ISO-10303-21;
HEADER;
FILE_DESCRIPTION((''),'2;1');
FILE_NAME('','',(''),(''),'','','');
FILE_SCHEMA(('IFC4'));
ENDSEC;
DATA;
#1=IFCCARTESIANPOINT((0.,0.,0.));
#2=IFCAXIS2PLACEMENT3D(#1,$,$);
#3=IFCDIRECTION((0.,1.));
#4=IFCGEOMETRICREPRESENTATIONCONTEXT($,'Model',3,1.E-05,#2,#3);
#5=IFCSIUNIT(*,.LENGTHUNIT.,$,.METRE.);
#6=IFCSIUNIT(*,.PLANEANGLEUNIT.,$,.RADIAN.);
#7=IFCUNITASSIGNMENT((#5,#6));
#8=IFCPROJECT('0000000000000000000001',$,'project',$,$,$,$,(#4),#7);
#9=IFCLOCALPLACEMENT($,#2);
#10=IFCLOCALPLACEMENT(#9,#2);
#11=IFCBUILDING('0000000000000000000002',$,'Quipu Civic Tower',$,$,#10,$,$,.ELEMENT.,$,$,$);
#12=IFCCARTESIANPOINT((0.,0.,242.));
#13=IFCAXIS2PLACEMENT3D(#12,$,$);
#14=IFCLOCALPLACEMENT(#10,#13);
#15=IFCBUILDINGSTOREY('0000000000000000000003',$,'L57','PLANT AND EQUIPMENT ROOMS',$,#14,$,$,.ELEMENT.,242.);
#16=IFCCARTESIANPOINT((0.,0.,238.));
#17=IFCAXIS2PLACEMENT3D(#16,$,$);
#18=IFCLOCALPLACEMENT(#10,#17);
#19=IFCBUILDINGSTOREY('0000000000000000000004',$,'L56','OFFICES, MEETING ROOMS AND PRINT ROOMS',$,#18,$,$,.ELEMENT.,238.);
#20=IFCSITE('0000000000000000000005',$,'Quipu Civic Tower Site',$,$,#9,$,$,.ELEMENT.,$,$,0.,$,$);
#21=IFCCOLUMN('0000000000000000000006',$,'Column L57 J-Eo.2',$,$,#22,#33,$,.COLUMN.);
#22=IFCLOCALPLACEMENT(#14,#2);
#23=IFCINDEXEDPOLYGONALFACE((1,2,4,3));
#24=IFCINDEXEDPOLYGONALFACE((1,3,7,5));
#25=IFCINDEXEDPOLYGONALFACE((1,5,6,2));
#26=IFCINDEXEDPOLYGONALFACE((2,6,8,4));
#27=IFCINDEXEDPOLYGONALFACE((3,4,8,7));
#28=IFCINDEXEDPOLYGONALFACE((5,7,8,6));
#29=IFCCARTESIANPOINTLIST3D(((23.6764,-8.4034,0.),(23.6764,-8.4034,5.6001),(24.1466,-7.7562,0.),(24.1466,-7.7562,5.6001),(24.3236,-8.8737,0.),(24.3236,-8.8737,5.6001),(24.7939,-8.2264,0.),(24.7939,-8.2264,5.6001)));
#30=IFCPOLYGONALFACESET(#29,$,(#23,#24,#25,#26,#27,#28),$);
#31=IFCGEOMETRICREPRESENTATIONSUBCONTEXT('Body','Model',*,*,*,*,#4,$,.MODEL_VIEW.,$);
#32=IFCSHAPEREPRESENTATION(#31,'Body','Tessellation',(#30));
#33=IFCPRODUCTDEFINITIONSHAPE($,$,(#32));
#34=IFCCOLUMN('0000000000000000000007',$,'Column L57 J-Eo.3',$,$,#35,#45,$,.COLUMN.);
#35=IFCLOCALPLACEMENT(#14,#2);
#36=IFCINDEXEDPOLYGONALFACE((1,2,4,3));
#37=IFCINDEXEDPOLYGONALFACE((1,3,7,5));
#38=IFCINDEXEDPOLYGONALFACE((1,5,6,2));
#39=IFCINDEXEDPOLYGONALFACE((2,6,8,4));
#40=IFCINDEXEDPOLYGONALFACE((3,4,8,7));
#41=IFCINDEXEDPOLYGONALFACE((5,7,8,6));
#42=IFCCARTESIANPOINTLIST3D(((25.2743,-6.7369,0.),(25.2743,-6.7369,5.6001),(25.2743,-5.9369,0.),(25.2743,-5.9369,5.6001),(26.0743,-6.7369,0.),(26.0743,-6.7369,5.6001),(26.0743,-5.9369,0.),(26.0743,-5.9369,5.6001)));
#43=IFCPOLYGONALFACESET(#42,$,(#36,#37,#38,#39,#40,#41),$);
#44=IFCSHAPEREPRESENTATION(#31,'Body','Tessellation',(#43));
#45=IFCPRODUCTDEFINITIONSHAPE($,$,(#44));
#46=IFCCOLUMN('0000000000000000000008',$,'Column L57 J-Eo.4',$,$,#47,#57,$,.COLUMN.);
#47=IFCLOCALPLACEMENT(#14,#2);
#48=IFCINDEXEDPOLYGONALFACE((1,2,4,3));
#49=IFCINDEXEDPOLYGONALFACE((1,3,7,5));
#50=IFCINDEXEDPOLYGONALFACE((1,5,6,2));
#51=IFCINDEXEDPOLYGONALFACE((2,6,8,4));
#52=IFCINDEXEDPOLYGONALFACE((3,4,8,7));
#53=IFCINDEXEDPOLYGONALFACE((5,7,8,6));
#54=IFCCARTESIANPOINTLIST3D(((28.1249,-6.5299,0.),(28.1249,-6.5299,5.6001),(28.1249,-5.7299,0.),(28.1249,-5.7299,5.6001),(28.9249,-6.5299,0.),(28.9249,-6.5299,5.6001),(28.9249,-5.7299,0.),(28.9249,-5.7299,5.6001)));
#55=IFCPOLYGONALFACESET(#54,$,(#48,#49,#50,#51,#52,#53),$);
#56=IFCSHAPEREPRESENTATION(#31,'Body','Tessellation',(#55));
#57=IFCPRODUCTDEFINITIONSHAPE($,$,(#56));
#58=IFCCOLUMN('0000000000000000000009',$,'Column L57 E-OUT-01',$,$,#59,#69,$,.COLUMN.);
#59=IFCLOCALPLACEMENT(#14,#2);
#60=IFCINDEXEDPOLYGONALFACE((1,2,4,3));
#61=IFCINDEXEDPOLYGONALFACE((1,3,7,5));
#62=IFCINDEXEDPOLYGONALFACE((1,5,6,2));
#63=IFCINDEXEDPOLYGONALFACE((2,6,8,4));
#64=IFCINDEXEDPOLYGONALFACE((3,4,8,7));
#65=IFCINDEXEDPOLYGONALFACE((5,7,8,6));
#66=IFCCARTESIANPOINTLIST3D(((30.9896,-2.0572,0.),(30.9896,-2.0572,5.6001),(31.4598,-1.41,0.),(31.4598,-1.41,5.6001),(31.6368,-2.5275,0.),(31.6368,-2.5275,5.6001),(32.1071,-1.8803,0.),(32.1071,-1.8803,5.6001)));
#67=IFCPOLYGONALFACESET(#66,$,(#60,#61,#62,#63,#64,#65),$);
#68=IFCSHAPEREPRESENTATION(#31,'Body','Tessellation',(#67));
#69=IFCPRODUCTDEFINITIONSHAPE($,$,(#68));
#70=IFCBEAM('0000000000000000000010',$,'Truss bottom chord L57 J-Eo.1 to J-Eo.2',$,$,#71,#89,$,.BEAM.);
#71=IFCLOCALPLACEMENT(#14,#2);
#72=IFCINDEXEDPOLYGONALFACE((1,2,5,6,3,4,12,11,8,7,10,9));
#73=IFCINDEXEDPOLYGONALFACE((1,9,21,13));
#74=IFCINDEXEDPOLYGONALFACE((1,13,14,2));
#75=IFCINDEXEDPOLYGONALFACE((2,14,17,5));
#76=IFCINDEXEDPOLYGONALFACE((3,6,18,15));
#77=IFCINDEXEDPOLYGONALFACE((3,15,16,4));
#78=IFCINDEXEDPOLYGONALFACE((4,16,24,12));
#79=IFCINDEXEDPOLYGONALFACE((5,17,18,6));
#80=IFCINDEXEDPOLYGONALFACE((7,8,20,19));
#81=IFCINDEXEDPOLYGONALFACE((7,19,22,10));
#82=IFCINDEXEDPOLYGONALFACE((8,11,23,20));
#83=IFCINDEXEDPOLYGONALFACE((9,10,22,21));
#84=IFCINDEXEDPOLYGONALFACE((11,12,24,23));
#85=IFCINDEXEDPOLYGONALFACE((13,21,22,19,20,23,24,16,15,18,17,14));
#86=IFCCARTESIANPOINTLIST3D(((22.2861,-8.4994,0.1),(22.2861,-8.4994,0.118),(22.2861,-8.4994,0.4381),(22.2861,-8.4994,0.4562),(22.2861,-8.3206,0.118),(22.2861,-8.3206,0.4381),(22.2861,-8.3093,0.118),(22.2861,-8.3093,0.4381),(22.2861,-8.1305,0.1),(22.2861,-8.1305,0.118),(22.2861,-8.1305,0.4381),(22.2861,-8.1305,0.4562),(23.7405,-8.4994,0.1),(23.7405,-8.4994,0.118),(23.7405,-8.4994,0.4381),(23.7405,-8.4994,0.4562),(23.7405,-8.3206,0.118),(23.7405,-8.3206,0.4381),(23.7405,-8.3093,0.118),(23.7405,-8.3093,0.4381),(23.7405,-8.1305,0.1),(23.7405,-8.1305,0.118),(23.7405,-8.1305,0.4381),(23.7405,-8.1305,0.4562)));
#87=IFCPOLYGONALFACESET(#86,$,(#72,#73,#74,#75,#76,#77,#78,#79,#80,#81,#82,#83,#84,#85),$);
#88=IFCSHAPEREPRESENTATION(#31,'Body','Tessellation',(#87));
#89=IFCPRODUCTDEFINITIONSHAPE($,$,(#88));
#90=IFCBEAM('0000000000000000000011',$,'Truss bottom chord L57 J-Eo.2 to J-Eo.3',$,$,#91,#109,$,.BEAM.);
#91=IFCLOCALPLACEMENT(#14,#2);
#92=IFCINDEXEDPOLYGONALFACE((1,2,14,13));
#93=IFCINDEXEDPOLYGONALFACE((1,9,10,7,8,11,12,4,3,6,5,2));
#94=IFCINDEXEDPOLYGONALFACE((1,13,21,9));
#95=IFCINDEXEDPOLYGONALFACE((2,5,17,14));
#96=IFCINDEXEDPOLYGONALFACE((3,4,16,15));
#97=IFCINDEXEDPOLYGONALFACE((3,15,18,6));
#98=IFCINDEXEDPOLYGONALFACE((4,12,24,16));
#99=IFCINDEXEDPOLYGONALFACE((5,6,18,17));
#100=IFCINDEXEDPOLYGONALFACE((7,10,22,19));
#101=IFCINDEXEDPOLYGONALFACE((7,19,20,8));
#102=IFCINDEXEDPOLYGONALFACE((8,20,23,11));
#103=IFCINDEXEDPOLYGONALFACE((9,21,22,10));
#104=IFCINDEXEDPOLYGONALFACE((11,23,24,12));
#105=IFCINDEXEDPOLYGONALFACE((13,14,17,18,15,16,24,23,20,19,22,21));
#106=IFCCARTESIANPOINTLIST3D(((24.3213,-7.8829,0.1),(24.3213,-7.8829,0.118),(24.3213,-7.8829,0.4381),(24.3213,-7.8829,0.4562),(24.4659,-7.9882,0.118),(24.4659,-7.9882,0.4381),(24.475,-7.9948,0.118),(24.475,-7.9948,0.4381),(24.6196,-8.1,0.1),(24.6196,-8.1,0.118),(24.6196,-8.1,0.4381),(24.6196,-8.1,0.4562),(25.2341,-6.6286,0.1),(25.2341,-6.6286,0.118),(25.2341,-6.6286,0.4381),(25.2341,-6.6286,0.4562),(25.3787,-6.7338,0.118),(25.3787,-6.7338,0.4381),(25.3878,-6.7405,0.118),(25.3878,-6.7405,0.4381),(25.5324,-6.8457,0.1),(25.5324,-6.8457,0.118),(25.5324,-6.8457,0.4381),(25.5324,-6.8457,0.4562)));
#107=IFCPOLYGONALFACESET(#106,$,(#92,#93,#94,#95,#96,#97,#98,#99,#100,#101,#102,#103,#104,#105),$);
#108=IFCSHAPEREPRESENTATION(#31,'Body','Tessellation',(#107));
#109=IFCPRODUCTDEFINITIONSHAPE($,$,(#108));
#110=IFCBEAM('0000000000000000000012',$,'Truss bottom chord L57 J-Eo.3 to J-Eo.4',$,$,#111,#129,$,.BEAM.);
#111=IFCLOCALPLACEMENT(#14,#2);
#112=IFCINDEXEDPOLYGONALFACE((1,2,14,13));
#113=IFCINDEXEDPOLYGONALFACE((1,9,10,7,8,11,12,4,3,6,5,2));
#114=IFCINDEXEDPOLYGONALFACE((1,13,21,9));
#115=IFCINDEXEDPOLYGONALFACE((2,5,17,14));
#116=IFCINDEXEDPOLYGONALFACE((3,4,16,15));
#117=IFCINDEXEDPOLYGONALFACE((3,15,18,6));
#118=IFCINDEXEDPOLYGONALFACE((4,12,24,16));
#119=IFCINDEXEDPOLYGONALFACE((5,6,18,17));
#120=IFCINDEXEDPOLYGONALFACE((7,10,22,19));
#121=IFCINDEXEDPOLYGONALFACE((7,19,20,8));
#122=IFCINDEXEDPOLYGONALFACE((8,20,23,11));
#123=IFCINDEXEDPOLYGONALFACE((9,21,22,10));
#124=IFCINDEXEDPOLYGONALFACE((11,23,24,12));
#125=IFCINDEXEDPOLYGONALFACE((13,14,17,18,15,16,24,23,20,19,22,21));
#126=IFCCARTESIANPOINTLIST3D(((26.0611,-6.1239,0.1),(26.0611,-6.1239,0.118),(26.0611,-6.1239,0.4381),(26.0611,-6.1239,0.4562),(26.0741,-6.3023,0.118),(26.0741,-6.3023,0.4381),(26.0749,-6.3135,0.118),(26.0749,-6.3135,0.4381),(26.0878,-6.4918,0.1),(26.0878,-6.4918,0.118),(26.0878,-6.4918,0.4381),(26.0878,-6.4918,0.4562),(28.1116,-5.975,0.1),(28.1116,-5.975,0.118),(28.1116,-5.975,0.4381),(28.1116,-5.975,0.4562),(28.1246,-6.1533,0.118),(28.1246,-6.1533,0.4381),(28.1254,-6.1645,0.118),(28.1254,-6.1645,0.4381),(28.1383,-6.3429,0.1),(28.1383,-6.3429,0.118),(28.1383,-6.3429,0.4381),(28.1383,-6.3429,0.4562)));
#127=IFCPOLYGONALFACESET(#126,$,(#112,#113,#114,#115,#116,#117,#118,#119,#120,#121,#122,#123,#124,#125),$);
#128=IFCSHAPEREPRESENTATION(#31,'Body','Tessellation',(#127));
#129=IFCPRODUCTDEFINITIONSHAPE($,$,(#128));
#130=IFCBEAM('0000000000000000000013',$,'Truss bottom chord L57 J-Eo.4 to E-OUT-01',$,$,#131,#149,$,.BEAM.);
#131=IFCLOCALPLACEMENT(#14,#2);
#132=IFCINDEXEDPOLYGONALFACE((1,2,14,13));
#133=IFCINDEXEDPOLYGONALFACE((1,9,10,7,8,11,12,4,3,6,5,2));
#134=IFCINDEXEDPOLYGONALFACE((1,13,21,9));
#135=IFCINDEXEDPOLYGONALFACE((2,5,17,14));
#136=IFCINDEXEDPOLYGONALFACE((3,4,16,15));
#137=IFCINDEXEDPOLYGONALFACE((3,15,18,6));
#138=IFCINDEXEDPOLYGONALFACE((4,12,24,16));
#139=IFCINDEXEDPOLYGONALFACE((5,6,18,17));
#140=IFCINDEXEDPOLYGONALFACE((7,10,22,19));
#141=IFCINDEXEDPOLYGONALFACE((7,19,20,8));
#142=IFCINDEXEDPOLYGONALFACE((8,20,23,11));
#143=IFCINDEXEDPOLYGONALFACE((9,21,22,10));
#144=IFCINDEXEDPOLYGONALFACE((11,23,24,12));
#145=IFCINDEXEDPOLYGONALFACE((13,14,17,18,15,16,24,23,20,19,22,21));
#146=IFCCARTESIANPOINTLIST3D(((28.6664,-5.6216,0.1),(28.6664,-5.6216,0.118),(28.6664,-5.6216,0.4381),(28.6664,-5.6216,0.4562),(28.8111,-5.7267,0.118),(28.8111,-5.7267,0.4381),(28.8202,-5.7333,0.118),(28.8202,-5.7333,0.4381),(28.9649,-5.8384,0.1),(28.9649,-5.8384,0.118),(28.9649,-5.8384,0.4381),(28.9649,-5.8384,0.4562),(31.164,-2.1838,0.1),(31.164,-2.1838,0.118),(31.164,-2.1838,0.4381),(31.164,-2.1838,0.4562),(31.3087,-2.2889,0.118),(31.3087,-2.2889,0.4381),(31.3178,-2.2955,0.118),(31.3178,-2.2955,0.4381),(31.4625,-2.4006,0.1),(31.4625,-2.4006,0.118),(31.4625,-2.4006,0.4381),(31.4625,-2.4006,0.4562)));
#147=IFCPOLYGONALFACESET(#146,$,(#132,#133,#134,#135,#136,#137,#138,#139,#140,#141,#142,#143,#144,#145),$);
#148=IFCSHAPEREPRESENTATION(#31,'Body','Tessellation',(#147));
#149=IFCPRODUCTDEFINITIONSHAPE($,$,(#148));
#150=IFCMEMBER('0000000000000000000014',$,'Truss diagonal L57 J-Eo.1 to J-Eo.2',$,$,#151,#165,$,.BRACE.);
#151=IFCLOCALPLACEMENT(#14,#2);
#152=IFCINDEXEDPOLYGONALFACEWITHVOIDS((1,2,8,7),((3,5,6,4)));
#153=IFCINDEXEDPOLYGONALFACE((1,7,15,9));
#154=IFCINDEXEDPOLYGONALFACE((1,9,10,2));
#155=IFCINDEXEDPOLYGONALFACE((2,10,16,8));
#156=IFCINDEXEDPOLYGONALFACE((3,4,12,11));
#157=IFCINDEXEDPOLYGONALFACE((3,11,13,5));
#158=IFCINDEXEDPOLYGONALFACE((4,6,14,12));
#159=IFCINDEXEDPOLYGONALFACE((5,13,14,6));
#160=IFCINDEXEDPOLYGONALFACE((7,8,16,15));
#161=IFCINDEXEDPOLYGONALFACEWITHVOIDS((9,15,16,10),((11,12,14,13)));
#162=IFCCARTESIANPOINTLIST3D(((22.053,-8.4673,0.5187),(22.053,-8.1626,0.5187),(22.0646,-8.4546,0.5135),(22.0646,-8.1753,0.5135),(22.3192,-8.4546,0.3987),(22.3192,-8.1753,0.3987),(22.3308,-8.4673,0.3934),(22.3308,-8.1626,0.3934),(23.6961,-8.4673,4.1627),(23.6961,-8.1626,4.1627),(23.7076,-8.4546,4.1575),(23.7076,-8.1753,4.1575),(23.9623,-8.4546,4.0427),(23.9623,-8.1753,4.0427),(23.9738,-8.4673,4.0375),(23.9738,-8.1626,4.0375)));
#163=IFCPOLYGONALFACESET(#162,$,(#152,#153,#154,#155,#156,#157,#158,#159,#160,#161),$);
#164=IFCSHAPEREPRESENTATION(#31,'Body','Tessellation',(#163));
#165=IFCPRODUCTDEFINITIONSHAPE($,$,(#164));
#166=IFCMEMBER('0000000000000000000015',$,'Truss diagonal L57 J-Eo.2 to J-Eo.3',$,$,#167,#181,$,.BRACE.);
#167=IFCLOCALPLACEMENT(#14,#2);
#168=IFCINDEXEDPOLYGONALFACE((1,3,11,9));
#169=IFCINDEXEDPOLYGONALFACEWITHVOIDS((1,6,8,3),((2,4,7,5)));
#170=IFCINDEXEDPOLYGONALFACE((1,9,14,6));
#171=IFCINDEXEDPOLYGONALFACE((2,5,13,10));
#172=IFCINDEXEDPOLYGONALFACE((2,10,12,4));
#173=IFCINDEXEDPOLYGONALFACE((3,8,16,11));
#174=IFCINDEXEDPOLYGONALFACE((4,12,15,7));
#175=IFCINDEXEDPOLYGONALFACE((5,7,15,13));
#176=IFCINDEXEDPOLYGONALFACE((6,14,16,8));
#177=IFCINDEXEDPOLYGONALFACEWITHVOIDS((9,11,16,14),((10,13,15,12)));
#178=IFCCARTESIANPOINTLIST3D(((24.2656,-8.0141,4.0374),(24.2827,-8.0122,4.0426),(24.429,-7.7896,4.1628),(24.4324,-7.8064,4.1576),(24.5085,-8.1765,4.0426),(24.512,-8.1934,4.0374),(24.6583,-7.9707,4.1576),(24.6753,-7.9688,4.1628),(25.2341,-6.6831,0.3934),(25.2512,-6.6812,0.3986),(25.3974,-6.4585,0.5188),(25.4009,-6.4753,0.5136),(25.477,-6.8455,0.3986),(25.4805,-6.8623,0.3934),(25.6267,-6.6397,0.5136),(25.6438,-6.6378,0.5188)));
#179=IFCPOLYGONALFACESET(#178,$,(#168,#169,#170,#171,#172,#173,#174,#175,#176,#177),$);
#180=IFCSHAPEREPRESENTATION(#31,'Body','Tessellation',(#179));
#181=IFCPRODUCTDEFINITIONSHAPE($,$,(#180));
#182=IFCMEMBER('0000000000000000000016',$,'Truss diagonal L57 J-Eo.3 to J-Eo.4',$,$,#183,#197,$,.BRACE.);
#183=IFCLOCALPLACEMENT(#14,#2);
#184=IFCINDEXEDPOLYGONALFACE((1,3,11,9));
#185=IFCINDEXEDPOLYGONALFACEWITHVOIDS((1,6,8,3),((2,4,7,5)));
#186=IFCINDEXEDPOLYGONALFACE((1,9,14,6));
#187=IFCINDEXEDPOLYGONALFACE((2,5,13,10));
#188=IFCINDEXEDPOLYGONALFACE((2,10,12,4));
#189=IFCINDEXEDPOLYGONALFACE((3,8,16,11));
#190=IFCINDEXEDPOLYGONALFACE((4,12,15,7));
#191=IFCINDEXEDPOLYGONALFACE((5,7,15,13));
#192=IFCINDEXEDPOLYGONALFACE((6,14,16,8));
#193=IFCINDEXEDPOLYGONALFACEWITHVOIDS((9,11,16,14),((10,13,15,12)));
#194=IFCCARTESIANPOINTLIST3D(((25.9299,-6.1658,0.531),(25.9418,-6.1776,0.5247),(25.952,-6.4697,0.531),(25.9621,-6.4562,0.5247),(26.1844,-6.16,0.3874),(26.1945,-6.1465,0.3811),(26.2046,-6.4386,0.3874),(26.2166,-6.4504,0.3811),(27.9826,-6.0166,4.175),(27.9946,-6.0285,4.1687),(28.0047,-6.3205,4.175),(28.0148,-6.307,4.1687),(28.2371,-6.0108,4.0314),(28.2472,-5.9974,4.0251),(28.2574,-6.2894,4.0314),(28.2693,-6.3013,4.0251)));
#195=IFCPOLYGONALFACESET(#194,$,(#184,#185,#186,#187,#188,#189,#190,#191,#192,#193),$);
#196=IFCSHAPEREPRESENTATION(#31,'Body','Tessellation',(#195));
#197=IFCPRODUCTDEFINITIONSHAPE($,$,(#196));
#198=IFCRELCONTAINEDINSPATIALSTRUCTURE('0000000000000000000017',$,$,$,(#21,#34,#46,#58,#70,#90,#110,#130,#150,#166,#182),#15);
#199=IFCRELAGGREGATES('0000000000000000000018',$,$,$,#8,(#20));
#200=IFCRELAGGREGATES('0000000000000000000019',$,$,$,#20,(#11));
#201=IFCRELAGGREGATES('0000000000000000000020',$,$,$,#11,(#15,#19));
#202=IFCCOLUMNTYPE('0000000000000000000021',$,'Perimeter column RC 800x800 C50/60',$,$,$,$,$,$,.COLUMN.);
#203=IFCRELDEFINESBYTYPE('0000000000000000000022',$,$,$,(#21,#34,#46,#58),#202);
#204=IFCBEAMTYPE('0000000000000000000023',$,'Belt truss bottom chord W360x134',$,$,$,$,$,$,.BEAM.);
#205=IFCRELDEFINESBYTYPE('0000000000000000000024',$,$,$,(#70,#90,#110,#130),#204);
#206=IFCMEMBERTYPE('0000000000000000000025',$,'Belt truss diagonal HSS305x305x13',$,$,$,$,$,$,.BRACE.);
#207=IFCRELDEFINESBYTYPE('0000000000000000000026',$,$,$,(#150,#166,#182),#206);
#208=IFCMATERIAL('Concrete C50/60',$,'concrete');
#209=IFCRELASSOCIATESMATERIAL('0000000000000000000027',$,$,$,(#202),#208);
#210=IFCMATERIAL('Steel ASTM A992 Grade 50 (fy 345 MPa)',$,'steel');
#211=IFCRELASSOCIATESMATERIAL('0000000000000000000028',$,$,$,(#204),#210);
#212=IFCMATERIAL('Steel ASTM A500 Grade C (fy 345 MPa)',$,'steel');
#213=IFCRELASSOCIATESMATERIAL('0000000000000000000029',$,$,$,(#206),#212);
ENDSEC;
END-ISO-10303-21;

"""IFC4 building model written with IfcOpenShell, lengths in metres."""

from ifc_helpers import new_model, si_unit, direction, frame, origin, origin_2d, place, context, subcontext, project, spatial, rectangle, hollow_rectangle, i_section, extrude, material, material_profile, profile_set, type_object, element, save


model = new_model("IFC4")

# Units and contexts
model_context = context("Model", 3, precision=1e-05, world=origin(), true_north=direction((0.0, 1.0)))
body_context = subcontext(model_context, "Body", "Model", "MODEL_VIEW")
ifc_project = project(units=[si_unit("LENGTHUNIT", "METRE"), si_unit("PLANEANGLEUNIT", "RADIAN")], contexts=[model_context])

# Site, building, storey
site_placement = place(None, origin())
site = spatial("IfcSite", under=ifc_project, at=site_placement, Name="Quipu Civic Tower Site", CompositionType="ELEMENT", RefElevation=0.0)
building_placement = place(site_placement, origin())
building = spatial("IfcBuilding", under=site, at=building_placement, Name="Quipu Civic Tower", CompositionType="ELEMENT")
storey_1_placement = place(building_placement, frame((0.0, 0.0, 242.0)))
storey_1 = spatial("IfcBuildingStorey", under=building, at=storey_1_placement, Name="L57", Description="PLANT AND EQUIPMENT ROOMS", CompositionType="ELEMENT", Elevation=242.0)

# Columns
ifc_material_1 = material(Name="Concrete C50/60", Category="concrete")
ifc_material_profile_1 = material_profile(ifc_material_1, rectangle(XDim=0.8, YDim=0.8, at=origin_2d()), Name="RC800x800")
ifc_profile_set_1 = profile_set([ifc_material_profile_1], Name="Concrete C50/60")
column_type = type_object("IfcColumnType", Name="Perimeter column RC 800x800 C50/60", PredefinedType="COLUMN", material=ifc_profile_set_1)
for number, where, z_axis, x_axis, name in (
    (1, (24.2351, -8.3149, 0.0), (0.0, 0.0, 1.0), (0.587785, 0.809017, 0.0), "Column L57 J-Eo.2"),
    (2, (25.6743, -6.3369, 0.0), (0.0, 0.0, 1.0), (1.0, 0.0, 0.0), "Column L57 J-Eo.3"),
    (3, (28.5249, -6.1299, 0.0), (0.0, 0.0, 1.0), (1.0, 0.0, 0.0), "Column L57 J-Eo.4"),
    (4, (31.5483, -1.9688, 0.0), (0.0, 0.0, 1.0), (0.587785, 0.809017, 0.0), "Column L57 E-OUT-01"),
):
    element("IfcColumn", number, at=place(storey_1_placement, frame(where, z_axis=z_axis, x_axis=x_axis)), inside=storey_1, type_object=column_type, Name=name, PredefinedType="COLUMN", context=body_context, shape_type="SweptSolid", body=[
        extrude(rectangle(XDim=0.8, YDim=0.8, at=origin_2d()), origin(), (0.0, 0.0, 1.0), 5.6001),
    ])

# Beams
ifc_material_2 = material(Name="Steel ASTM A992 Grade 50 (fy 345 MPa)", Category="steel")
ifc_material_profile_2 = material_profile(ifc_material_2, i_section(OverallWidth=0.3689, OverallDepth=0.3562, WebThickness=0.0112, FlangeThickness=0.0181, at=origin_2d()), Name="W360x134")
ifc_profile_set_2 = profile_set([ifc_material_profile_2], Name="Steel ASTM A992 Grade 50 (fy 345 MPa)")
beam_type_1 = type_object("IfcBeamType", Name="Belt truss bottom chord W360x134", PredefinedType="BEAM", material=ifc_profile_set_2)
beam_1_placement = place(storey_1_placement, frame((22.2861, -8.3149, 0.2781), z_axis=(1.0, 0.0, 0.0), x_axis=(0.0, 1.0, 0.0)))
element("IfcBeam", 5, at=beam_1_placement, inside=storey_1, type_object=beam_type_1, Name="Truss bottom chord L57 J-Eo.1 to J-Eo.2", PredefinedType="BEAM", context=body_context, shape_type="SweptSolid", body=[
    extrude(i_section(OverallWidth=0.3689, OverallDepth=0.3562, WebThickness=0.0112, FlangeThickness=0.0181, at=origin_2d()), origin(), (0.0, 0.0, 1.0), 1.4543),
])
beam_2_placement = place(storey_1_placement, frame((24.4705, -7.9915, 0.2781), z_axis=(0.588406, 0.808566, 0.0), x_axis=(-0.808566, 0.588406, 0.0)))
element("IfcBeam", 6, at=beam_2_placement, inside=storey_1, type_object=beam_type_1, Name="Truss bottom chord L57 J-Eo.2 to J-Eo.3", PredefinedType="BEAM", context=body_context, shape_type="SweptSolid", body=[
    extrude(i_section(OverallWidth=0.3689, OverallDepth=0.3562, WebThickness=0.0112, FlangeThickness=0.0181, at=origin_2d()), origin(), (0.0, 0.0, 1.0), 1.5513),
])
beam_3_placement = place(storey_1_placement, frame((26.0745, -6.3079, 0.2781), z_axis=(0.997373, 0.072437, 0.0), x_axis=(-0.072437, 0.997373, 0.0)))
element("IfcBeam", 7, at=beam_3_placement, inside=storey_1, type_object=beam_type_1, Name="Truss bottom chord L57 J-Eo.3 to J-Eo.4", PredefinedType="BEAM", context=body_context, shape_type="SweptSolid", body=[
    extrude(i_section(OverallWidth=0.3689, OverallDepth=0.3562, WebThickness=0.0112, FlangeThickness=0.0181, at=origin_2d()), origin(), (0.0, 0.0, 1.0), 2.0559),
])
beam_4_placement = place(storey_1_placement, frame((28.8157, -5.73, 0.2781), z_axis=(0.587769, 0.809029, 0.0), x_axis=(-0.809029, 0.587769, 0.0)))
element("IfcBeam", 8, at=beam_4_placement, inside=storey_1, type_object=beam_type_1, Name="Truss bottom chord L57 J-Eo.4 to E-OUT-01", PredefinedType="BEAM", context=body_context, shape_type="SweptSolid", body=[
    extrude(i_section(OverallWidth=0.3689, OverallDepth=0.3562, WebThickness=0.0112, FlangeThickness=0.0181, at=origin_2d()), origin(), (0.0, 0.0, 1.0), 4.2493),
])

# Members
ifc_material_3 = material(Name="Steel ASTM A500 Grade C (fy 345 MPa)", Category="steel")
ifc_material_profile_3 = material_profile(ifc_material_3, hollow_rectangle(XDim=0.3047, YDim=0.3047, WallThickness=0.0127, at=origin_2d()), Name="HSS305x305x13")
ifc_profile_set_3 = profile_set([ifc_material_profile_3], Name="Steel ASTM A500 Grade C (fy 345 MPa)")
member_type_1 = type_object("IfcMemberType", Name="Belt truss diagonal HSS305x305x13", PredefinedType="BRACE", material=ifc_profile_set_3)
member_1_placement = place(storey_1_placement, frame((22.1919, -8.3149, 0.4561), z_axis=(0.41104, 0.0, 0.911617), x_axis=(0.0, 1.0, 0.0)))
element("IfcMember", 9, at=member_1_placement, inside=storey_1, type_object=member_type_1, Name="Truss diagonal L57 J-Eo.1 to J-Eo.2", PredefinedType="BRACE", context=body_context, shape_type="SweptSolid", body=[
    extrude(hollow_rectangle(XDim=0.3047, YDim=0.3047, WallThickness=0.0127, at=origin_2d()), origin(), (0.0, 0.0, 1.0), 3.9973),
])
member_2_placement = place(storey_1_placement, frame((24.4705, -7.9915, 4.1001), z_axis=(0.242212, 0.332881, -0.911331), x_axis=(-0.808601, 0.588357, 0.0)))
element("IfcMember", 10, at=member_2_placement, inside=storey_1, type_object=member_type_1, Name="Truss diagonal L57 J-Eo.2 to J-Eo.3", PredefinedType="BRACE", context=body_context, shape_type="SweptSolid", body=[
    extrude(hollow_rectangle(XDim=0.3047, YDim=0.3047, WallThickness=0.0127, at=origin_2d()), origin(), (0.0, 0.0, 1.0), 3.9985),
])
member_3_placement = place(storey_1_placement, frame((26.0732, -6.3081, 0.4561), z_axis=(0.490487, 0.035643, 0.870719), x_axis=(-0.072478, 0.99737, 0.0)))
element("IfcMember", 11, at=member_3_placement, inside=storey_1, type_object=member_type_1, Name="Truss diagonal L57 J-Eo.3 to J-Eo.4", PredefinedType="BRACE", context=body_context, shape_type="SweptSolid", body=[
    extrude(hollow_rectangle(XDim=0.3047, YDim=0.3047, WallThickness=0.0127, at=origin_2d()), origin(), (0.0, 0.0, 1.0), 4.1851),
])

# Shared definitions
storey_2_placement = place(building_placement, frame((0.0, 0.0, 238.0)))
storey_2 = spatial("IfcBuildingStorey", under=building, at=storey_2_placement, Name="L56", Description="OFFICES, MEETING ROOMS AND PRINT ROOMS", CompositionType="ELEMENT", Elevation=238.0)

save(model, "model.ifc")
